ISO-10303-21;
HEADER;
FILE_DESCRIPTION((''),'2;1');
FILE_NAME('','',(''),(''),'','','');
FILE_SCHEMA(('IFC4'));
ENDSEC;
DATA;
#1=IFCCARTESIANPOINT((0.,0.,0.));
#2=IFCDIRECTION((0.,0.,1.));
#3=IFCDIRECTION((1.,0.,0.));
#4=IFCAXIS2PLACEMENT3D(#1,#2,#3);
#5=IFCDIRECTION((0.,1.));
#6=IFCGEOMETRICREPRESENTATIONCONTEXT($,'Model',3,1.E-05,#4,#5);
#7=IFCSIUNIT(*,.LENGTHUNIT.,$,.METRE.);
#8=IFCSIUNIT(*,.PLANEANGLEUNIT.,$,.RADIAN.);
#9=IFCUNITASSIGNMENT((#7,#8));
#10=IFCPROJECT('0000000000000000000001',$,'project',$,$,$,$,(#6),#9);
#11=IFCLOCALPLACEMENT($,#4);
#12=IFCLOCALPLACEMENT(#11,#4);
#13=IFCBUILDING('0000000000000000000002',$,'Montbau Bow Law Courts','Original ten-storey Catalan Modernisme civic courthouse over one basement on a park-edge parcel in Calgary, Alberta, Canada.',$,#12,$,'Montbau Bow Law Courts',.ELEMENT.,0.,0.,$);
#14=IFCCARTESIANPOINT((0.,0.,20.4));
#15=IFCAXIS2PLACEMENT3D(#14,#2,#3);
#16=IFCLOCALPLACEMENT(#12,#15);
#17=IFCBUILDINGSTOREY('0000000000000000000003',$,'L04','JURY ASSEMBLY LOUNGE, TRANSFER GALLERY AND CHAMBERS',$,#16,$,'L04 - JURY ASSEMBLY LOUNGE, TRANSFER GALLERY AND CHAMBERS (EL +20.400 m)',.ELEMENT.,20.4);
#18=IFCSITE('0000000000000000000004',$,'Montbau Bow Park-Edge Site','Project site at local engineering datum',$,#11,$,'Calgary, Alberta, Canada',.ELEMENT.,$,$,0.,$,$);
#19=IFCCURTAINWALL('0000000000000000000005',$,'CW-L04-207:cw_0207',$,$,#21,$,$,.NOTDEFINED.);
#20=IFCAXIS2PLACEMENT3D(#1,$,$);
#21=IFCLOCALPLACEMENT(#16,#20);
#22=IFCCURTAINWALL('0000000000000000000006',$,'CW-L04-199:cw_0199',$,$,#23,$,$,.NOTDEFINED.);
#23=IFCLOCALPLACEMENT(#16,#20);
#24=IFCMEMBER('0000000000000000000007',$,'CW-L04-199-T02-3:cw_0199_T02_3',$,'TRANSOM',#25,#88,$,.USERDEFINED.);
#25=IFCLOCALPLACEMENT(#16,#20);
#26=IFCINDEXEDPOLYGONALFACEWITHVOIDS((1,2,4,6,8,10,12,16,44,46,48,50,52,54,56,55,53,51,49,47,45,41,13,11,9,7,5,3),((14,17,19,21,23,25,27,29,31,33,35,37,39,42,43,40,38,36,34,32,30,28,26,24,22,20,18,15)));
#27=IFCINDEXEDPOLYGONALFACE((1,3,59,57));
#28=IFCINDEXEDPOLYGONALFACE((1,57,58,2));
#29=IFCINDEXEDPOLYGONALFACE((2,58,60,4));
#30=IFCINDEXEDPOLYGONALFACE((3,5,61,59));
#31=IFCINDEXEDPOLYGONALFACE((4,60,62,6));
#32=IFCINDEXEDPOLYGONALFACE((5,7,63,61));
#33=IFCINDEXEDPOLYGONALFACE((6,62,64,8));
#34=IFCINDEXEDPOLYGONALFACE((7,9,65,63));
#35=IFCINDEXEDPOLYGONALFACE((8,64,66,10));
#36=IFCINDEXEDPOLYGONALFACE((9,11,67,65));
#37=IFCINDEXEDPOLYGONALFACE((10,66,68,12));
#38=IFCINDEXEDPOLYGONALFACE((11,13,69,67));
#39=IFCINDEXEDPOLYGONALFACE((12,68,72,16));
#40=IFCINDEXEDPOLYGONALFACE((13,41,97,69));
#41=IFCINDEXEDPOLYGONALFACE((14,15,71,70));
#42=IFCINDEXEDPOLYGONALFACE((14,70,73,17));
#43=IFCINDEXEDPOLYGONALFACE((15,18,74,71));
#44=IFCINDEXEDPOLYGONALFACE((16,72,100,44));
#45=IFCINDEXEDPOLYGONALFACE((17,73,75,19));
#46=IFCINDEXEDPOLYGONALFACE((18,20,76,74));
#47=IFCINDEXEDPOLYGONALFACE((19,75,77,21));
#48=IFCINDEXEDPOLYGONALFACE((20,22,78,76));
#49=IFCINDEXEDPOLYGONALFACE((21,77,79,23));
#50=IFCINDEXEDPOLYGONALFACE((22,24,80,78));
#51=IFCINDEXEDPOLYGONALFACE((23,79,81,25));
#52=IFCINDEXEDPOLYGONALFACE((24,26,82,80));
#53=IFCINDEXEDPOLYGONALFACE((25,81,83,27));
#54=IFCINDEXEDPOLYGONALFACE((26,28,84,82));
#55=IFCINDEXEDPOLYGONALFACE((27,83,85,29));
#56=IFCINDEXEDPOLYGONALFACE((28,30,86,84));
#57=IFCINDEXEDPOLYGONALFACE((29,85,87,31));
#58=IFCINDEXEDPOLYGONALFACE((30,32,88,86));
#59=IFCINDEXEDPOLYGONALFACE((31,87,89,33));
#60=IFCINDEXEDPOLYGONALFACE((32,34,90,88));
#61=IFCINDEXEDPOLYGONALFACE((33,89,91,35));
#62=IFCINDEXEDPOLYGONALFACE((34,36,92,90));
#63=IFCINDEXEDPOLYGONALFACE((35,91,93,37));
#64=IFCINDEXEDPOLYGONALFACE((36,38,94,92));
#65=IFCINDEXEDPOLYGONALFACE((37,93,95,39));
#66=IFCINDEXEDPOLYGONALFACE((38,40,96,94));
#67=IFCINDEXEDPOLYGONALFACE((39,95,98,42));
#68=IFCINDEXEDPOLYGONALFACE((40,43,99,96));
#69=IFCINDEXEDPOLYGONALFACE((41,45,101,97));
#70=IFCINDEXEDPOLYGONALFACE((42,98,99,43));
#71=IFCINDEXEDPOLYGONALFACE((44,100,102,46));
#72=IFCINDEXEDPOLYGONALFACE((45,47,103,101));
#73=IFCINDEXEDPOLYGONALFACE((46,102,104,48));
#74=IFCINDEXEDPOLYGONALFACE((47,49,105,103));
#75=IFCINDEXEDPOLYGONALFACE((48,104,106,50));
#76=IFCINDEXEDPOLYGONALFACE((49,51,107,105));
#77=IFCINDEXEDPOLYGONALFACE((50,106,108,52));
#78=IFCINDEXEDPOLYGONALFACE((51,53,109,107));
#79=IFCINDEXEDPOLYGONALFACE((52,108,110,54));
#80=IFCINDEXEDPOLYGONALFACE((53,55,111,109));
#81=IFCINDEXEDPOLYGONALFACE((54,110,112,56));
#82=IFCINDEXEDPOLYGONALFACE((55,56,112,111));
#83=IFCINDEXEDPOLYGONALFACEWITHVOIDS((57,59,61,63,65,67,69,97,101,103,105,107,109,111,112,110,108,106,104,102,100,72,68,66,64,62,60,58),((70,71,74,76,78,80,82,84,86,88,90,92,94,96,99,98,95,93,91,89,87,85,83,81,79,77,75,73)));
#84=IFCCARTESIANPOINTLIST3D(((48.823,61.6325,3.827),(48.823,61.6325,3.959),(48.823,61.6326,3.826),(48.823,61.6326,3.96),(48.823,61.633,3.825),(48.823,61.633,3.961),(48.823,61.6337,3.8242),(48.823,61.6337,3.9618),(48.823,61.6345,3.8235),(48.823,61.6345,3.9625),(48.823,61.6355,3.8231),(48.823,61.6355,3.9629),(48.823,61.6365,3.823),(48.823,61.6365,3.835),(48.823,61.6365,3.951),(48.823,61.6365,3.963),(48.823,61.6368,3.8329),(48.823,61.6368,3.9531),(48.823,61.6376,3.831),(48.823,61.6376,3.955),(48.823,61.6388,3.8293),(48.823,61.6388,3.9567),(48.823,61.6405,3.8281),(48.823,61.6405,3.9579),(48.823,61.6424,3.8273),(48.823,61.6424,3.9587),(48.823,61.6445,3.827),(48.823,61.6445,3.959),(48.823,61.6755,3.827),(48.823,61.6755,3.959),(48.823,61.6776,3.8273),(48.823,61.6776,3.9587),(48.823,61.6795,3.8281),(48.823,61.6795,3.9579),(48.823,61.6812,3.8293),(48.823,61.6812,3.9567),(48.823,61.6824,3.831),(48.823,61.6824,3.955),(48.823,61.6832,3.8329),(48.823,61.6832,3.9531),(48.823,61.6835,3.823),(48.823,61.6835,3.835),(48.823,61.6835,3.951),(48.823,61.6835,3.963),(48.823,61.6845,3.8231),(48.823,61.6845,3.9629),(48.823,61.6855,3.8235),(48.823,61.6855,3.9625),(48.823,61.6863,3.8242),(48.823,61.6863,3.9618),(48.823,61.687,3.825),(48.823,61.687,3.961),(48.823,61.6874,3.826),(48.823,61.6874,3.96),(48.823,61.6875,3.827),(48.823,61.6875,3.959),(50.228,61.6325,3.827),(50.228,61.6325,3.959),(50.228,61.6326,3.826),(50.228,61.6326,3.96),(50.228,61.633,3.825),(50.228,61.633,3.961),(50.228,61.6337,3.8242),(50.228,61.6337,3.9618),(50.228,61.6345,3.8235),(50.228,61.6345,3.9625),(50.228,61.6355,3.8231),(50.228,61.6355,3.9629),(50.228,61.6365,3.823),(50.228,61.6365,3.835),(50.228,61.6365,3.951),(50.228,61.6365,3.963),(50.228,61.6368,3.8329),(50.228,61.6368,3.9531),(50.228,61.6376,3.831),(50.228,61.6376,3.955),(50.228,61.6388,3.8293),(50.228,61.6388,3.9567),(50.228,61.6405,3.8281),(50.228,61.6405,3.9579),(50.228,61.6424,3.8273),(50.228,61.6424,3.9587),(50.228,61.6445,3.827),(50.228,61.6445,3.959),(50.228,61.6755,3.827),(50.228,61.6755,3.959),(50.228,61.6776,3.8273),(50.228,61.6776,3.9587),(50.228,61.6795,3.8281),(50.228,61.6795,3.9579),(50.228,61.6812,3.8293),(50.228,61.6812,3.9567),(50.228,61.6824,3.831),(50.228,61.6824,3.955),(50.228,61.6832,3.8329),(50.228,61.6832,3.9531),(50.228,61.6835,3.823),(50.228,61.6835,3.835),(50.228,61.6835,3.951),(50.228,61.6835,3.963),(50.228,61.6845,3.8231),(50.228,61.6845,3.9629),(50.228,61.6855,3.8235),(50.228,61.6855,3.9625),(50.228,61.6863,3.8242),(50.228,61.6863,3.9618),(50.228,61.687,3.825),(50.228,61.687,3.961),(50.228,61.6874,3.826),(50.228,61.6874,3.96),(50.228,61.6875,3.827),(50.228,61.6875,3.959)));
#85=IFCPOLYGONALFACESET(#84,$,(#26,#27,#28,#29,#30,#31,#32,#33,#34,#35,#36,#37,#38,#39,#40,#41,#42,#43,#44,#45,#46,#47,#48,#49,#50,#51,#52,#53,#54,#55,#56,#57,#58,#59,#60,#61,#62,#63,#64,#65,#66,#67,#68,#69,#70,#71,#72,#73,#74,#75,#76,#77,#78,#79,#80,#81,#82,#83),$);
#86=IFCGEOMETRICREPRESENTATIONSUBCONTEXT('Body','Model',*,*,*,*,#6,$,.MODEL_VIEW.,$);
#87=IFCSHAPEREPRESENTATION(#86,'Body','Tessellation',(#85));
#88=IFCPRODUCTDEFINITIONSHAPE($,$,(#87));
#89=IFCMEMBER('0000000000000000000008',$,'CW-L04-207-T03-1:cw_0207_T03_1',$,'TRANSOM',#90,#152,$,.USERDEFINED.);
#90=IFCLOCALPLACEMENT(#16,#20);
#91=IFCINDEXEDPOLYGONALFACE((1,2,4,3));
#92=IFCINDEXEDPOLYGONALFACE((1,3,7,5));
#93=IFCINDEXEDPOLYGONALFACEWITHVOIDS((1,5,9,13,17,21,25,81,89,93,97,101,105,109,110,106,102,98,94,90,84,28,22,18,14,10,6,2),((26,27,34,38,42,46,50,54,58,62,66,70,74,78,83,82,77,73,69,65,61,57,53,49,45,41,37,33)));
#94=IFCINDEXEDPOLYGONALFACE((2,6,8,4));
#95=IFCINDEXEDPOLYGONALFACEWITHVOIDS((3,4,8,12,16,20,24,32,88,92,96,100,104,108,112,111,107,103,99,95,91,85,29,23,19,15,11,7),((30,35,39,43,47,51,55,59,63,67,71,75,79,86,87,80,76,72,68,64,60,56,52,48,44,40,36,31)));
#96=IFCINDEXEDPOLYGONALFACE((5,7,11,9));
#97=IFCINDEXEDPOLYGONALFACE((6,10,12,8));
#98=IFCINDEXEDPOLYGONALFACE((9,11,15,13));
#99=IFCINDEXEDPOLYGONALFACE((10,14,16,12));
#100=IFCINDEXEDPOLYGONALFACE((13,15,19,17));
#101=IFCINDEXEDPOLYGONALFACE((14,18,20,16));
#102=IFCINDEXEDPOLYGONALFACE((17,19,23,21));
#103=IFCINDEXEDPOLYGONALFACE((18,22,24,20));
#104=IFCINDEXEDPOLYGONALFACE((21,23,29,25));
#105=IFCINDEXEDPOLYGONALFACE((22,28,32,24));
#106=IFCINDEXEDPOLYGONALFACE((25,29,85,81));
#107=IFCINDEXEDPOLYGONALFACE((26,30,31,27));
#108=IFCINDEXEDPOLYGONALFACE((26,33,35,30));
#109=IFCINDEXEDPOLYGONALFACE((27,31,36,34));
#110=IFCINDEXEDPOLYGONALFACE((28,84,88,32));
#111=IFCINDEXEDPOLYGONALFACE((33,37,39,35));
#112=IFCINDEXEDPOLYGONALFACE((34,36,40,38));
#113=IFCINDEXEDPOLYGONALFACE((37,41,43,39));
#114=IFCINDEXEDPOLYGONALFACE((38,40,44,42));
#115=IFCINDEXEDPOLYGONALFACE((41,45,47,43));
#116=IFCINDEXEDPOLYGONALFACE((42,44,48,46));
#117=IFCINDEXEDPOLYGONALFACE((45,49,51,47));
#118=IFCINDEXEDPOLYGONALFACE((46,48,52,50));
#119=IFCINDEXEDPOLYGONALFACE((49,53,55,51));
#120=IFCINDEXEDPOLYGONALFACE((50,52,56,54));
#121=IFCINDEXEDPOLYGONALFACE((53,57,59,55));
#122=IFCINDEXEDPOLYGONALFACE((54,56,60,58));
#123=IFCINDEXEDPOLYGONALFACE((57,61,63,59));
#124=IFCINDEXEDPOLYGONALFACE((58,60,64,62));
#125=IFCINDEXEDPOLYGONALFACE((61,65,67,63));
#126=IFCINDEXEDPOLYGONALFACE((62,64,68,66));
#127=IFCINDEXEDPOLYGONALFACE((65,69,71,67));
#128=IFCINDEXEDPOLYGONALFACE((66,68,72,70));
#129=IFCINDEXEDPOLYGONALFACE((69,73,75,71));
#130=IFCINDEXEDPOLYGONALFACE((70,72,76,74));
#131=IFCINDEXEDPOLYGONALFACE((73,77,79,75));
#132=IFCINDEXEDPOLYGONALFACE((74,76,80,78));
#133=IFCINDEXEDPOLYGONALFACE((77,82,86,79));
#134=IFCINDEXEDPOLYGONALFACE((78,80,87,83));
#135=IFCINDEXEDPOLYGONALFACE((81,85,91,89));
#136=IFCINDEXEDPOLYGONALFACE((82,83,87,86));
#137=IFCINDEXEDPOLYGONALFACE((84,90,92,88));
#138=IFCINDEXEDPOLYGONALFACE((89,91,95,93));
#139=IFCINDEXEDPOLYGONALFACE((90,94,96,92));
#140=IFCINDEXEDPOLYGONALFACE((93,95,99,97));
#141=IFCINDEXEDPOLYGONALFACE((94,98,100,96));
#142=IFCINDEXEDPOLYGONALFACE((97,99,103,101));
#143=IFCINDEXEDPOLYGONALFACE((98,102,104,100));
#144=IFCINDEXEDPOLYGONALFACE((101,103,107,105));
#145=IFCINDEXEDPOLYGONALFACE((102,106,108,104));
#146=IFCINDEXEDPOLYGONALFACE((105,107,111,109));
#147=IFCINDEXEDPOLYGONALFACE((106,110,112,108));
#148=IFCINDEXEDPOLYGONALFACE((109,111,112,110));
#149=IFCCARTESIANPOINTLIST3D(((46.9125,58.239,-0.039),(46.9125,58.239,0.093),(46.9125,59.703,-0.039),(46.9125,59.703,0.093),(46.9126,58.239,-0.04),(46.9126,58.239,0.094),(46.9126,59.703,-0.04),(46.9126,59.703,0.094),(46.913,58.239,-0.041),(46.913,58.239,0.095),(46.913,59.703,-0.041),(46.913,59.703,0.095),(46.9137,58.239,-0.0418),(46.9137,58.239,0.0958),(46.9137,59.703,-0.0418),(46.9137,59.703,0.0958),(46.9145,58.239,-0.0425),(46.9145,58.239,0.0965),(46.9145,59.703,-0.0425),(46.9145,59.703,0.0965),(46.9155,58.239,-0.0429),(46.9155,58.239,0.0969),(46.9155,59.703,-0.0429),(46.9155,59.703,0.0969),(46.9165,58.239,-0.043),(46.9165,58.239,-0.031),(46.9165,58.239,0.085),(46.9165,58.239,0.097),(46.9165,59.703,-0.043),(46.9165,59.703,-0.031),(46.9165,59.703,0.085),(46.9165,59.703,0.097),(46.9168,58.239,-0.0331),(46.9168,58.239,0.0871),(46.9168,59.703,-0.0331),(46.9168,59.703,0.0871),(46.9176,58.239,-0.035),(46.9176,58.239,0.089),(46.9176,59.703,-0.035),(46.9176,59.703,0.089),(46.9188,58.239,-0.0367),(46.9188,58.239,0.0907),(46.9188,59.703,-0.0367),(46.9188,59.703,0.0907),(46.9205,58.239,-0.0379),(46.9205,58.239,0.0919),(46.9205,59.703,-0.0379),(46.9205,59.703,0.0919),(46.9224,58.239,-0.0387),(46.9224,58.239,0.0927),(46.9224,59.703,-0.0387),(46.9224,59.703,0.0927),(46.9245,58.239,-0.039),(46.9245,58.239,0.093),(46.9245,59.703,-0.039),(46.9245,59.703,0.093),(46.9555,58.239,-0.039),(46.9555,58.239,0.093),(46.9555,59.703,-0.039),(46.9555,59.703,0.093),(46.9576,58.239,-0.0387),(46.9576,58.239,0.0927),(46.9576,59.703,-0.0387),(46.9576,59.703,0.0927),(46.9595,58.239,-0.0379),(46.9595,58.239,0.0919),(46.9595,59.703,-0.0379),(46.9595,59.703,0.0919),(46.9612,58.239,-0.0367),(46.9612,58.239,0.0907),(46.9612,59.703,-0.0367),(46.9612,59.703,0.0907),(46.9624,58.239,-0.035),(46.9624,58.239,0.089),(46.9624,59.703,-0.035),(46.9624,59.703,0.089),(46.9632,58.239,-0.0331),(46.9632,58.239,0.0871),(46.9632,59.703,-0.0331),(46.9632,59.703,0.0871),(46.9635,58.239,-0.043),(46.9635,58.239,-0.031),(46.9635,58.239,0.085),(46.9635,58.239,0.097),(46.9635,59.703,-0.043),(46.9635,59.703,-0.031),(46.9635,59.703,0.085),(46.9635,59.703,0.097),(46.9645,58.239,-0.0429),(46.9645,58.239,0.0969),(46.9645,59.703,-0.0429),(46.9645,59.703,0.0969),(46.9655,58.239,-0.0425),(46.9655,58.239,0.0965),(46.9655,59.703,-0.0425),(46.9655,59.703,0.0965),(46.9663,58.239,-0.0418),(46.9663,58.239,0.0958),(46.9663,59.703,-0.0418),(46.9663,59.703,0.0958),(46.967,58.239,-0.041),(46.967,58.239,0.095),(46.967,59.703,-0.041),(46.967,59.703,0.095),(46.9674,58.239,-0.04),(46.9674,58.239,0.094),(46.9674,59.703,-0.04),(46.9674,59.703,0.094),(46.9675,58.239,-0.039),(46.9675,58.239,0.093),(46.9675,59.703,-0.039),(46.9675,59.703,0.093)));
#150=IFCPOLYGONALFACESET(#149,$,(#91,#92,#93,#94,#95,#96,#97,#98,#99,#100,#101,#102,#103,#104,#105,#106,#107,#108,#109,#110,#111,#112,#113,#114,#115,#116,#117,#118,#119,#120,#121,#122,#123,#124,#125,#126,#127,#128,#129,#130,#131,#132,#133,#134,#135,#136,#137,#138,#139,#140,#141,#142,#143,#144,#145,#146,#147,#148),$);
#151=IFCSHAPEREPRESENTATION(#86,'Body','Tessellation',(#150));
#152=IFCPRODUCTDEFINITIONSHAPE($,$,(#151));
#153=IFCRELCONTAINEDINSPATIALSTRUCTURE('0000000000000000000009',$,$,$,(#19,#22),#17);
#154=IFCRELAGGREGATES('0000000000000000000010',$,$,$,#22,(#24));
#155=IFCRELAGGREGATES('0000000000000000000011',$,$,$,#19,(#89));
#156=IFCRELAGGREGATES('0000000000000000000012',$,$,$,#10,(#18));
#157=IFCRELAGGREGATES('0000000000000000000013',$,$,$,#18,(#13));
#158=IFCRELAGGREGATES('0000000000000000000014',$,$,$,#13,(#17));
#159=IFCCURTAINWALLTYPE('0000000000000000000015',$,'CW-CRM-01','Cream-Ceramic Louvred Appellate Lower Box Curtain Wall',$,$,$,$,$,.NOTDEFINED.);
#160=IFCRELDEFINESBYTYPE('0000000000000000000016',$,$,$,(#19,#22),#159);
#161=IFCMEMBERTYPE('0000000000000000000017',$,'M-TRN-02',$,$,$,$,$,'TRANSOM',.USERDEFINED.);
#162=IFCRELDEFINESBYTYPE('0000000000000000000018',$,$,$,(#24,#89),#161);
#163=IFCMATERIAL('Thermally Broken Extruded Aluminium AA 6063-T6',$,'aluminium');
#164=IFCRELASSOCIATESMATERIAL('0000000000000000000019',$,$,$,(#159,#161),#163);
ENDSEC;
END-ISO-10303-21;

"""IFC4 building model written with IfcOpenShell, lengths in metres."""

from ifc_helpers import new_model, si_unit, direction, frame, origin_with_axes, origin_2d_with_axis, place, context, subcontext, project, spatial, hollow_rectangle, extrude, material, material_profile, profile_set, type_object, element, aggregate, save


model = new_model("IFC4")

# Units and contexts
model_context = context("Model", 3, precision=1e-05, world=origin_with_axes(), true_north=direction((0.0, 1.0)))
body_context = subcontext(model_context, "Body", "Model", "MODEL_VIEW")
ifc_project = project(units=[si_unit("LENGTHUNIT", "METRE"), si_unit("PLANEANGLEUNIT", "RADIAN")], contexts=[model_context])

# Site, building, storey
site_placement = place(None, origin_with_axes())
site = spatial("IfcSite", under=ifc_project, at=site_placement, Name="Montbau Bow Park-Edge Site", Description="Project site at local engineering datum", LongName="Calgary, Alberta, Canada", CompositionType="ELEMENT", RefElevation=0.0)
building_placement = place(site_placement, origin_with_axes())
building = spatial("IfcBuilding", under=site, at=building_placement, Name="Montbau Bow Law Courts", Description="Original ten-storey Catalan Modernisme civic courthouse over one basement on a park-edge parcel in Calgary, Alberta, Canada.", LongName="Montbau Bow Law Courts", CompositionType="ELEMENT", ElevationOfRefHeight=0.0, ElevationOfTerrain=0.0)
storey_placement = place(building_placement, frame((0.0, 0.0, 20.4), z_axis=(0.0, 0.0, 1.0), x_axis=(1.0, 0.0, 0.0)))
storey = spatial("IfcBuildingStorey", under=building, at=storey_placement, Name="L04", Description="JURY ASSEMBLY LOUNGE, TRANSFER GALLERY AND CHAMBERS", LongName="L04 - JURY ASSEMBLY LOUNGE, TRANSFER GALLERY AND CHAMBERS (EL +20.400 m)", CompositionType="ELEMENT", Elevation=20.4)

# Curtain walls, member
ifc_material_1 = material(Name="Thermally Broken Extruded Aluminium AA 6063-T6", Category="aluminium")
curtain_wall_type = type_object("IfcCurtainWallType", Name="CW-CRM-01", Description="Cream-Ceramic Louvred Appellate Lower Box Curtain Wall", PredefinedType="NOTDEFINED", material=ifc_material_1)
curtain_wall_1_placement = place(None, frame((46.94, 55.115, 20.4), z_axis=(0.0, 0.0, 1.0), x_axis=(1.0, 0.0, 0.0)))
curtain_wall_1 = element("IfcCurtainWall", 1, at=curtain_wall_1_placement, inside=storey, type_object=curtain_wall_type, Name="CW-L04-207:cw_0207", PredefinedType="NOTDEFINED")
curtain_wall_2_placement = place(None, frame((47.315, 61.66, 20.4), z_axis=(0.0, 0.0, 1.0), x_axis=(1.0, 0.0, 0.0)))
curtain_wall_2 = element("IfcCurtainWall", 2, at=curtain_wall_2_placement, inside=storey, type_object=curtain_wall_type, Name="CW-L04-199:cw_0199", PredefinedType="NOTDEFINED")
ifc_material_profile_1 = material_profile(ifc_material_1, hollow_rectangle(XDim=0.055, YDim=0.14, WallThickness=0.004, InnerFilletRadius=0.008, OuterFilletRadius=0.004, at=origin_2d_with_axis()), Name="CWT-140X55", Category="Main", Priority=0)
ifc_profile_set_1 = profile_set([ifc_material_profile_1], Name="Thermally Broken Extruded Aluminium AA 6063-T6")
member_type_1 = type_object("IfcMemberType", Name="M-TRN-02", ElementType="TRANSOM", PredefinedType="USERDEFINED", material=ifc_profile_set_1)
member_1_placement = place(None, frame((48.823, 61.66, 24.293), z_axis=(1.0, 0.0, 0.0), x_axis=(0.0, 1.0, 0.0)))
member_1 = element("IfcMember", 3, at=member_1_placement, type_object=member_type_1, Name="CW-L04-199-T02-3:cw_0199_T02_3", ObjectType="TRANSOM", PredefinedType="USERDEFINED", context=body_context, shape_type="SweptSolid", body=[
    extrude(hollow_rectangle(XDim=0.055, YDim=0.14, WallThickness=0.004, InnerFilletRadius=0.008, OuterFilletRadius=0.004, at=origin_2d_with_axis()), origin_with_axes(), (0.0, 0.0, 1.0), 1.405),
])

# Member
member_2_placement = place(None, frame((46.94, 58.239, 20.427), z_axis=(0.0, 1.0, 0.0), x_axis=(-1.0, 0.0, 0.0)))
member_2 = element("IfcMember", 4, at=member_2_placement, type_object=member_type_1, Name="CW-L04-207-T03-1:cw_0207_T03_1", ObjectType="TRANSOM", PredefinedType="USERDEFINED", context=body_context, shape_type="SweptSolid", body=[
    extrude(hollow_rectangle(XDim=0.055, YDim=0.14, WallThickness=0.004, InnerFilletRadius=0.008, OuterFilletRadius=0.004, at=origin_2d_with_axis()), origin_with_axes(), (0.0, 0.0, 1.0), 1.464),
])

aggregate(curtain_wall_2, [member_1])
aggregate(curtain_wall_1, [member_2])

save(model, "model.ifc")
